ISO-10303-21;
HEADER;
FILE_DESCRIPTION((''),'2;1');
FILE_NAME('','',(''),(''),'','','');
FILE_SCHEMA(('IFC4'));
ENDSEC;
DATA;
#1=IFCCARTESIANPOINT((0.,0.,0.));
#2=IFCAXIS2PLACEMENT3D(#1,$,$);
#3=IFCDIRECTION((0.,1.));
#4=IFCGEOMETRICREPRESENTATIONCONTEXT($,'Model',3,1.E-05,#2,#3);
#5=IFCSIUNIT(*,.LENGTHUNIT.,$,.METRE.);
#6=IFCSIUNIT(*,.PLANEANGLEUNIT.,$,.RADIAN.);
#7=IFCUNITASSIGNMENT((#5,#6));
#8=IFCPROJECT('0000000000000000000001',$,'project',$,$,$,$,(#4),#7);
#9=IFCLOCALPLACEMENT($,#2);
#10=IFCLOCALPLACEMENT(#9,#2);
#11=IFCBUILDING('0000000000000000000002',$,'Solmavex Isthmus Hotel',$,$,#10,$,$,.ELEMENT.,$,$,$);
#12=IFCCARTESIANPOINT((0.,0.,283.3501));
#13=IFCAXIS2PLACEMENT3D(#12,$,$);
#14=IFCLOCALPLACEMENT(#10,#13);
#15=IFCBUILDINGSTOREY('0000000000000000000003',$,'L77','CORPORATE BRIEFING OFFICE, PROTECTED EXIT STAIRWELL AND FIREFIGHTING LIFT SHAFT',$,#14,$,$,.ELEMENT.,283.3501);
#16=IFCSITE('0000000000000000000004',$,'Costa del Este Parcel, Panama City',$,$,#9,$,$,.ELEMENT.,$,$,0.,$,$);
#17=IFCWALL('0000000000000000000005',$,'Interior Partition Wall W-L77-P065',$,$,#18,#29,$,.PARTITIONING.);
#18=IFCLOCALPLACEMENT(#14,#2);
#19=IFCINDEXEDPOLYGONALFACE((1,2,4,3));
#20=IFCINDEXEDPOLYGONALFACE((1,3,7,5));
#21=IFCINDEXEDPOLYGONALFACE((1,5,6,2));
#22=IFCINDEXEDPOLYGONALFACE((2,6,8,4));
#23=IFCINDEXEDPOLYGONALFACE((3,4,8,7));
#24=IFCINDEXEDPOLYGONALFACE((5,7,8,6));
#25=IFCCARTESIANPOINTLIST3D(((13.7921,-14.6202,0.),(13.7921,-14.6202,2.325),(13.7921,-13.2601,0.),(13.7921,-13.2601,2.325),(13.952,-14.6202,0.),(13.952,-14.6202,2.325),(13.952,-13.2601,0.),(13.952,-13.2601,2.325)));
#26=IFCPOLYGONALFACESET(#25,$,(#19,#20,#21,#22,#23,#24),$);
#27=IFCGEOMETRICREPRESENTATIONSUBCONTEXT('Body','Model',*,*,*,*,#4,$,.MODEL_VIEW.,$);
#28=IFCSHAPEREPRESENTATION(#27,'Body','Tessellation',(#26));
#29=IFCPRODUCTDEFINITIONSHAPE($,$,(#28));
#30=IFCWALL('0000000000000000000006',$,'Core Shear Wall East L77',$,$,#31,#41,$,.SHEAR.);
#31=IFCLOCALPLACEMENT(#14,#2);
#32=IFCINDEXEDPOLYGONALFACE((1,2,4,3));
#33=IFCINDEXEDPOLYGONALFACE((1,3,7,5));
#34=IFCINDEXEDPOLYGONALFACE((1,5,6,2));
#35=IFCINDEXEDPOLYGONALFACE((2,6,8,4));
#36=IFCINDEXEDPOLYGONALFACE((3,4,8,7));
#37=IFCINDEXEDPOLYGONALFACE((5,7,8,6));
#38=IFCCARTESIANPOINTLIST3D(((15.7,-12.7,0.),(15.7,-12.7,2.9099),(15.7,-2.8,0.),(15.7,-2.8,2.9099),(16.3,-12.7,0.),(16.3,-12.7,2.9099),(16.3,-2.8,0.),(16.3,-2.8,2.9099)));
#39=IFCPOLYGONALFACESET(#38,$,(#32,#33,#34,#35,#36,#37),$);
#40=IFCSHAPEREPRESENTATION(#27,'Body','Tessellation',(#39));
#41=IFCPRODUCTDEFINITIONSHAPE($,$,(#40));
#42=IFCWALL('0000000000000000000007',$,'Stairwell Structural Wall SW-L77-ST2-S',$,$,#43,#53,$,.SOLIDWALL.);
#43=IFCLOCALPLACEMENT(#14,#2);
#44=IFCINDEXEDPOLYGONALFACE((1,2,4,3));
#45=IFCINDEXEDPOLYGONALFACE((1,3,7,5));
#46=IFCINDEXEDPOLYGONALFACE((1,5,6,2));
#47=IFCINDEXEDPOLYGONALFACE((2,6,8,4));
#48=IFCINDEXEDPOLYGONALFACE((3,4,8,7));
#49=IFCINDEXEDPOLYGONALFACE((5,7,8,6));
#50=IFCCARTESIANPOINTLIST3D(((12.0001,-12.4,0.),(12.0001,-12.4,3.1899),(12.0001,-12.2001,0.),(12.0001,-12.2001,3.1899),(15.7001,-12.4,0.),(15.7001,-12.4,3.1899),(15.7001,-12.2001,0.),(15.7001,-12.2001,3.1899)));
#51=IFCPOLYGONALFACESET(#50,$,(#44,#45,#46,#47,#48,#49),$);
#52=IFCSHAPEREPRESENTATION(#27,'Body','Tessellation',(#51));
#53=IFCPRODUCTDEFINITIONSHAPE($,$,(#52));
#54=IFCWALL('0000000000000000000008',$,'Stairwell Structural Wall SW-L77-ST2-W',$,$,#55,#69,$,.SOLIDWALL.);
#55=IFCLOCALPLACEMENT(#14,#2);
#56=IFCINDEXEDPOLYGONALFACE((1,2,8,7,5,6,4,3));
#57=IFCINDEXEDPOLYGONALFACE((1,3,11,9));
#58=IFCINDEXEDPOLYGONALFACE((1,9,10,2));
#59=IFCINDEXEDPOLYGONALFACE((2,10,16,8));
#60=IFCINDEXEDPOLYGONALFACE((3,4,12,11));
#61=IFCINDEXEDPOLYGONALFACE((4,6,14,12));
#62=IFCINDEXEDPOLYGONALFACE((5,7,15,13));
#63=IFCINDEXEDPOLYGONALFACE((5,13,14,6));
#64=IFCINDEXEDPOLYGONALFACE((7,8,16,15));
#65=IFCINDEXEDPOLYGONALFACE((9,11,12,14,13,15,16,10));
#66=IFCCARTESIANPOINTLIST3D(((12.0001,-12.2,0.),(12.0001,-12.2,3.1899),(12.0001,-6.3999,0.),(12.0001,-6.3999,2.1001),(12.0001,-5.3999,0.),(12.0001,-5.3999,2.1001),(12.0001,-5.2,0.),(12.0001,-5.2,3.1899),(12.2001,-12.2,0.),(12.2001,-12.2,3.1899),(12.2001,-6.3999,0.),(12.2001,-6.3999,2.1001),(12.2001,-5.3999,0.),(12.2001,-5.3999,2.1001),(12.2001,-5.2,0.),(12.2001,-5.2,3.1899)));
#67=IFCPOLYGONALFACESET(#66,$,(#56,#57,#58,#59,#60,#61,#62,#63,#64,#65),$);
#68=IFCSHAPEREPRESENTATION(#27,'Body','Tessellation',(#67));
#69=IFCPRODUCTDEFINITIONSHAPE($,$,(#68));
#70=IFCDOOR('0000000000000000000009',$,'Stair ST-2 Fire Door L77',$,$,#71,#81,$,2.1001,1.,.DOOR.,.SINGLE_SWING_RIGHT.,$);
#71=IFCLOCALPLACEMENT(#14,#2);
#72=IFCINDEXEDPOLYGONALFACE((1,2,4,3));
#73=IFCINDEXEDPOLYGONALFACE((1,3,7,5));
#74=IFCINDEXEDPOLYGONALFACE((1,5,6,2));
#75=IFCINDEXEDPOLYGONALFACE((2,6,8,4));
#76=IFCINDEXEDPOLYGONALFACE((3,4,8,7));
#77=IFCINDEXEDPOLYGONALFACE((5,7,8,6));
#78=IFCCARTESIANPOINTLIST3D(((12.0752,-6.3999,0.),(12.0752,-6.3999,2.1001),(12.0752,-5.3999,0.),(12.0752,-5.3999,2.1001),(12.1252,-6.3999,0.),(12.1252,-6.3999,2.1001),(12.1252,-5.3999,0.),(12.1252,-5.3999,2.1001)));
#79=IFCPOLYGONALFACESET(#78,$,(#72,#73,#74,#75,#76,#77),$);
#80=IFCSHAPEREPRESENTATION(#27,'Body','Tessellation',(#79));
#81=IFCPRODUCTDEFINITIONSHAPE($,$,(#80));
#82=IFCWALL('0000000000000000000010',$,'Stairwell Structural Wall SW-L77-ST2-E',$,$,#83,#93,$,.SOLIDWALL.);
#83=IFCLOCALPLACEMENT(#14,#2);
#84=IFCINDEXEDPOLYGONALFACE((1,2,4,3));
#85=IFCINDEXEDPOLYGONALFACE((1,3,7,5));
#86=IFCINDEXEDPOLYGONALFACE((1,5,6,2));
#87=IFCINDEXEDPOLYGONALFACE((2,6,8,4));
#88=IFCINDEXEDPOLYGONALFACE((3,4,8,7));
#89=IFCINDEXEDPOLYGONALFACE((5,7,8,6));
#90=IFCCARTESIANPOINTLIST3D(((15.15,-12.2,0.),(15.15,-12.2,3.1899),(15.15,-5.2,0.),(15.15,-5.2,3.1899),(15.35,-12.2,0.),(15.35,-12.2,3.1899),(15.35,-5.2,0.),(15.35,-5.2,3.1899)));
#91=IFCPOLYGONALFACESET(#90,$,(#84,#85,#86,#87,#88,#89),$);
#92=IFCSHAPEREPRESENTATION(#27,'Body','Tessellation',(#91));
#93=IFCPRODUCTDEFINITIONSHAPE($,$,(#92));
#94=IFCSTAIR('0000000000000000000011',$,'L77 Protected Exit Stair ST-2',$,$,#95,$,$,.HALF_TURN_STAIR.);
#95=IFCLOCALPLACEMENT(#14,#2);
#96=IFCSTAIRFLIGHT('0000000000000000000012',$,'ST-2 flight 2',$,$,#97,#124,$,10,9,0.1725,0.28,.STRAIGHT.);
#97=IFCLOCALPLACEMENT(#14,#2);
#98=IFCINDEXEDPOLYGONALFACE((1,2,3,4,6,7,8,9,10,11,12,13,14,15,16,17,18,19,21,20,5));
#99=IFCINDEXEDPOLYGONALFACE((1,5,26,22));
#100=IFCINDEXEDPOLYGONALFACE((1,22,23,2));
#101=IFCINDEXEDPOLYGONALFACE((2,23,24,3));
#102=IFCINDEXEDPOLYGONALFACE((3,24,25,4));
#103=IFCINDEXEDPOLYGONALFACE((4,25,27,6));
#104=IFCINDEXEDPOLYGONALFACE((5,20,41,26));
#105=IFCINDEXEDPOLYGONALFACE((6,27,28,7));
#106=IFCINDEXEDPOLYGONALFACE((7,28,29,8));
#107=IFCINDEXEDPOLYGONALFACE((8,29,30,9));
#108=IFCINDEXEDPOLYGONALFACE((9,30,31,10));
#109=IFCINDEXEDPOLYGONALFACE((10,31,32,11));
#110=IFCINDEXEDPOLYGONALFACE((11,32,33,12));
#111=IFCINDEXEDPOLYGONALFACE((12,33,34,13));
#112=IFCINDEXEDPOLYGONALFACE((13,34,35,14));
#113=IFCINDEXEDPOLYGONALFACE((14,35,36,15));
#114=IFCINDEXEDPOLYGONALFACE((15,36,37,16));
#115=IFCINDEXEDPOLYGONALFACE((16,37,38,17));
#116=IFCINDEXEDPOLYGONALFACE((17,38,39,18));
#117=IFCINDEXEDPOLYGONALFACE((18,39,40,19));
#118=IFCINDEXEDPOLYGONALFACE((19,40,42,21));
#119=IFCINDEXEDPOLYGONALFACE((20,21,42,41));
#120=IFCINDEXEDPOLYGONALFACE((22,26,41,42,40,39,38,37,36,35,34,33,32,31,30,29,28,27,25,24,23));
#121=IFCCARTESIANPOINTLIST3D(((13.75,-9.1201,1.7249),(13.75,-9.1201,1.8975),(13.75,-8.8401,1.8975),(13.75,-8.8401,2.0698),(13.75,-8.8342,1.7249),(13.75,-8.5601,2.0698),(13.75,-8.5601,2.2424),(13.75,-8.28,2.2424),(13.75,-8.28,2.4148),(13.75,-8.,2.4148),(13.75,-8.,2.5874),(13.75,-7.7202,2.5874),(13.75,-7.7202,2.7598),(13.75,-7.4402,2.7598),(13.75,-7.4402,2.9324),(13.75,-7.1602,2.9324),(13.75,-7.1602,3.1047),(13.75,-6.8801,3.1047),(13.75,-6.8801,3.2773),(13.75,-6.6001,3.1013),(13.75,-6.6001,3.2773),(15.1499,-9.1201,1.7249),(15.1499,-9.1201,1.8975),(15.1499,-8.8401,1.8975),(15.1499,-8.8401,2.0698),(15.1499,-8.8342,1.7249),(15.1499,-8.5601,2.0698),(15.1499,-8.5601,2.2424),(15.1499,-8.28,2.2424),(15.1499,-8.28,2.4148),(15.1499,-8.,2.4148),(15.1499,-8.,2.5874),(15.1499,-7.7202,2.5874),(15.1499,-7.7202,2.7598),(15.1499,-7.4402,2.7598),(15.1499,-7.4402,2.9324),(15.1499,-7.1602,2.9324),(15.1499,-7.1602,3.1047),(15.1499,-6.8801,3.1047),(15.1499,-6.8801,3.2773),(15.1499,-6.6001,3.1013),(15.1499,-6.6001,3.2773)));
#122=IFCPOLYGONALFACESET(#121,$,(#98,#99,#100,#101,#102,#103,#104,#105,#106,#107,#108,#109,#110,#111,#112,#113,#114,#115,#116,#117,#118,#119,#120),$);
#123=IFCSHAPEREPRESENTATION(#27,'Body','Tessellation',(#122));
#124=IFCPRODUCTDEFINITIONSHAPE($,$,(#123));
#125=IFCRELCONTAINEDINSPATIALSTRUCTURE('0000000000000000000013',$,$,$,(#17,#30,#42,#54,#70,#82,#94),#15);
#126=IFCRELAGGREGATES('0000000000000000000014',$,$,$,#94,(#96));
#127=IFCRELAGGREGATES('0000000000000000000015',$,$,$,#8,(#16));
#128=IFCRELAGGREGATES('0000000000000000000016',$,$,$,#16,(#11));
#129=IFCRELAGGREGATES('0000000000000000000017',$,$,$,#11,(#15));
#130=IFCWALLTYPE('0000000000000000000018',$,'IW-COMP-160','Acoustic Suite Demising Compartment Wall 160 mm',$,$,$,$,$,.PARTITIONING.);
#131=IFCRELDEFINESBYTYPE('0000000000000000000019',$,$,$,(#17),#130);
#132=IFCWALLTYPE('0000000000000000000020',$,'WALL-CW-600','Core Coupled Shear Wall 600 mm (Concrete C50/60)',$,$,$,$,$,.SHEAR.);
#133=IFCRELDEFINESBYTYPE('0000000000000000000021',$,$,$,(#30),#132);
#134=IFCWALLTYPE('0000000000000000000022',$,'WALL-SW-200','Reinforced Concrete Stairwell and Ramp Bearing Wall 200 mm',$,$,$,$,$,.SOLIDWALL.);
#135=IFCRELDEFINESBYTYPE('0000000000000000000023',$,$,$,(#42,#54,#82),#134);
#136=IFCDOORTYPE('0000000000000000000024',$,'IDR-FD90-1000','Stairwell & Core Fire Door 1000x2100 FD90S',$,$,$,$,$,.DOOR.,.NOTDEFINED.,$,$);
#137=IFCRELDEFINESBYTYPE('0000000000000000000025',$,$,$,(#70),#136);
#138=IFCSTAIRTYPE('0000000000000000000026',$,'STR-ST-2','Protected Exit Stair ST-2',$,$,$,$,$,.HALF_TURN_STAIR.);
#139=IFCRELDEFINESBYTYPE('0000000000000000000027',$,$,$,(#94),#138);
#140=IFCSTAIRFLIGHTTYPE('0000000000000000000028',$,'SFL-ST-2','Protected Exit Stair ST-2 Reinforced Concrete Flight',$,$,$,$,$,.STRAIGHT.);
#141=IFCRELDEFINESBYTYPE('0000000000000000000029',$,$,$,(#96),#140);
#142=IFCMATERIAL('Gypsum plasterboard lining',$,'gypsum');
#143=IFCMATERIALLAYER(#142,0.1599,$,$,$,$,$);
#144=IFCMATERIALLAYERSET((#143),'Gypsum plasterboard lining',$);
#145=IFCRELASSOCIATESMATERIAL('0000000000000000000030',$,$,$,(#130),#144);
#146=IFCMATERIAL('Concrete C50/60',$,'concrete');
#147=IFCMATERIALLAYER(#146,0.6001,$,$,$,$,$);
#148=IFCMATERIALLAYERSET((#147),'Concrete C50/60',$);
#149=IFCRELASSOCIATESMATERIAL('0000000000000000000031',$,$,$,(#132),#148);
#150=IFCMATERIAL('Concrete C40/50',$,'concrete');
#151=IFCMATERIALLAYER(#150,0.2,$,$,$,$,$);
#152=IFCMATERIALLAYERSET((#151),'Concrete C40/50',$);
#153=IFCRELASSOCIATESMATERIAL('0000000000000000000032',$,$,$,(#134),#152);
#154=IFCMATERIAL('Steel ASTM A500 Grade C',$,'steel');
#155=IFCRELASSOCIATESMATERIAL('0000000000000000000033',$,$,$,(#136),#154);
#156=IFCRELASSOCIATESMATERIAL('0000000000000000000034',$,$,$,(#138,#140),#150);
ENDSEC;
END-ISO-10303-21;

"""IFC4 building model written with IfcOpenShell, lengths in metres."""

from ifc_helpers import new_model, si_unit, direction, frame, frame_2d, origin, place, context, subcontext, project, spatial, polyline, rectangle, outline, extrude, material, layer, layer_set, type_object, element, fill, aggregate, save


model = new_model("IFC4")

# Units and contexts
model_context = context("Model", 3, precision=1e-05, world=origin(), true_north=direction((0.0, 1.0)))
body_context = subcontext(model_context, "Body", "Model", "MODEL_VIEW")
ifc_project = project(units=[si_unit("LENGTHUNIT", "METRE"), si_unit("PLANEANGLEUNIT", "RADIAN")], contexts=[model_context])

# Site, building, storey
site_placement = place(None, origin())
site = spatial("IfcSite", under=ifc_project, at=site_placement, Name="Costa del Este Parcel, Panama City", CompositionType="ELEMENT", RefElevation=0.0)
building_placement = place(site_placement, origin())
building = spatial("IfcBuilding", under=site, at=building_placement, Name="Solmavex Isthmus Hotel", CompositionType="ELEMENT")
storey_placement = place(building_placement, frame((0.0, 0.0, 283.3501)))
storey = spatial("IfcBuildingStorey", under=building, at=storey_placement, Name="L77", Description="CORPORATE BRIEFING OFFICE, PROTECTED EXIT STAIRWELL AND FIREFIGHTING LIFT SHAFT", CompositionType="ELEMENT", Elevation=283.3501)

# Shared definitions
ifc_material_1 = material(Name="Concrete C50/60", Category="concrete")

# Walls
ifc_material_2 = material(Name="Gypsum plasterboard lining", Category="gypsum")
ifc_layer_1 = layer(ifc_material_2, 0.1599)
ifc_layer_set_1 = layer_set([ifc_layer_1], Name="Gypsum plasterboard lining")
wall_type_1 = type_object("IfcWallType", Name="IW-COMP-160", Description="Acoustic Suite Demising Compartment Wall 160 mm", PredefinedType="PARTITIONING", material=ifc_layer_set_1)
wall_1_placement = place(storey_placement, frame((13.8721, -13.26, 0.0), z_axis=(0.0, 0.0, 1.0), x_axis=(0.0, -1.0, 0.0)))
element("IfcWall", 1, at=wall_1_placement, inside=storey, type_object=wall_type_1, Name="Interior Partition Wall W-L77-P065", PredefinedType="PARTITIONING", context=body_context, shape_type="SweptSolid", body=[
    extrude(rectangle(XDim=1.3601, YDim=0.1599, at=frame_2d((0.6802, 0.0))), origin(), (0.0, 0.0, 1.0), 2.325),
])
ifc_layer_2 = layer(ifc_material_1, 0.6001)
ifc_layer_set_2 = layer_set([ifc_layer_2], Name="Concrete C50/60")
wall_type_2 = type_object("IfcWallType", Name="WALL-CW-600", Description="Core Coupled Shear Wall 600 mm (Concrete C50/60)", PredefinedType="SHEAR", material=ifc_layer_set_2)
wall_2_placement = place(storey_placement, frame((16.0, -12.7, 0.0), z_axis=(0.0, 0.0, 1.0), x_axis=(0.0, 1.0, 0.0)))
element("IfcWall", 2, at=wall_2_placement, inside=storey, type_object=wall_type_2, Name="Core Shear Wall East L77", PredefinedType="SHEAR", context=body_context, shape_type="SweptSolid", body=[
    extrude(rectangle(XDim=9.8999, YDim=0.6001, at=frame_2d((4.95, 0.0))), origin(), (0.0, 0.0, 1.0), 2.9099),
])
ifc_material_3 = material(Name="Concrete C40/50", Category="concrete")
ifc_layer_3 = layer(ifc_material_3, 0.2)
ifc_layer_set_3 = layer_set([ifc_layer_3], Name="Concrete C40/50")
wall_type_3 = type_object("IfcWallType", Name="WALL-SW-200", Description="Reinforced Concrete Stairwell and Ramp Bearing Wall 200 mm", PredefinedType="SOLIDWALL", material=ifc_layer_set_3)
wall_3_placement = place(storey_placement, frame((12.0, -12.3, 0.0), z_axis=(0.0, 0.0, 1.0), x_axis=(1.0, 0.0, 0.0)))
element("IfcWall", 3, at=wall_3_placement, inside=storey, type_object=wall_type_3, Name="Stairwell Structural Wall SW-L77-ST2-S", PredefinedType="SOLIDWALL", context=body_context, shape_type="SweptSolid", body=[
    extrude(rectangle(XDim=3.7, YDim=0.2, at=frame_2d((1.8501, 0.0))), origin(), (0.0, 0.0, 1.0), 3.1899),
])

# Wall, opening, door
wall_4_placement = place(storey_placement, frame((12.1001, -12.2, 0.0), z_axis=(0.0, 0.0, 1.0), x_axis=(0.0, 1.0, 0.0)))
wall_4 = element("IfcWall", 4, at=wall_4_placement, inside=storey, type_object=wall_type_3, Name="Stairwell Structural Wall SW-L77-ST2-W", PredefinedType="SOLIDWALL", context=body_context, shape_type="SweptSolid", body=[
    extrude(rectangle(XDim=7.0, YDim=0.2, at=frame_2d((3.5, 0.0))), origin(), (0.0, 0.0, 1.0), 3.1899),
])
opening_placement = place(wall_4_placement, frame((5.8, 0.0, 0.0)))
opening = element("IfcOpeningElement", 5, at=opening_placement, cuts=wall_4, PredefinedType="OPENING", context=body_context, shape_type="SweptSolid", body=[
    extrude(rectangle(XDim=1.0, YDim=2.1001, at=frame_2d((0.5, 1.05))), frame((0.0, 0.1099, 0.0), z_axis=(0.0, -1.0, 0.0), x_axis=(1.0, 0.0, 0.0)), (0.0, 0.0, 1.0), 0.22),
])
ifc_material_4 = material(Name="Steel ASTM A500 Grade C", Category="steel")
door_type = type_object("IfcDoorType", Name="IDR-FD90-1000", Description="Stairwell & Core Fire Door 1000x2100 FD90S", OperationType="NOTDEFINED", PredefinedType="DOOR", material=ifc_material_4)
door_placement = place(opening_placement, origin())
door = element("IfcDoor", 6, at=door_placement, inside=storey, type_object=door_type, Name="Stair ST-2 Fire Door L77", OperationType="SINGLE_SWING_RIGHT", OverallHeight=2.1001, OverallWidth=1.0, PredefinedType="DOOR", context=body_context, shape_type="SweptSolid", body=[
    extrude(rectangle(XDim=1.0, YDim=2.1001, at=frame_2d((0.5, 1.05))), frame((0.0, 0.0249, 0.0), z_axis=(0.0, -1.0, 0.0), x_axis=(1.0, 0.0, 0.0)), (0.0, 0.0, 1.0), 0.05),
])
fill(opening, door)

# Wall
wall_5_placement = place(storey_placement, frame((15.25, -12.2, 0.0), z_axis=(0.0, 0.0, 1.0), x_axis=(0.0, 1.0, 0.0)))
element("IfcWall", 7, at=wall_5_placement, inside=storey, type_object=wall_type_3, Name="Stairwell Structural Wall SW-L77-ST2-E", PredefinedType="SOLIDWALL", context=body_context, shape_type="SweptSolid", body=[
    extrude(rectangle(XDim=7.0, YDim=0.2, at=frame_2d((3.5, 0.0))), origin(), (0.0, 0.0, 1.0), 3.1899),
])

# Stair, stair flight
stair_type = type_object("IfcStairType", Name="STR-ST-2", Description="Protected Exit Stair ST-2", PredefinedType="HALF_TURN_STAIR", material=ifc_material_3)
stair_placement = place(storey_placement, origin())
stair = element("IfcStair", 8, at=stair_placement, inside=storey, type_object=stair_type, Name="L77 Protected Exit Stair ST-2", PredefinedType="HALF_TURN_STAIR")
stair_flight_type = type_object("IfcStairFlightType", Name="SFL-ST-2", Description="Protected Exit Stair ST-2 Reinforced Concrete Flight", PredefinedType="STRAIGHT", material=ifc_material_3)
stair_flight_placement = place(storey_placement, frame((14.45, -9.1201, 1.7249), z_axis=(0.0, 0.0, 1.0), x_axis=(0.0, 1.0, 0.0)))
stair_flight = element("IfcStairFlight", 9, at=stair_flight_placement, type_object=stair_flight_type, Name="ST-2 flight 2", NumberOfRisers=10, NumberOfTreads=9, PredefinedType="STRAIGHT", RiserHeight=0.1725, TreadLength=0.28, context=body_context, shape_type="SweptSolid", body=[
    extrude(outline(polyline([(0.0, 0.0), (0.0, 0.1726), (0.28, 0.1726), (0.28, 0.345), (0.5601, 0.345), (0.5601, 0.5176), (0.8401, 0.5176), (0.8401, 0.6899), (1.1201, 0.6899), (1.1201, 0.8625), (1.3999, 0.8625), (1.3999, 1.0349), (1.6799, 1.0349), (1.6799, 1.2075), (1.96, 1.2075), (1.96, 1.3799), (2.24, 1.3799), (2.24, 1.5525), (2.52, 1.5525), (2.52, 1.7251), (2.52, 1.3765), (0.2859, 0.0), (0.0, 0.0)])), frame((0.0, 0.7, 0.0), z_axis=(0.0, -1.0, 0.0), x_axis=(1.0, 0.0, 0.0)), (0.0, 0.0, 1.0), 1.3999),
])
aggregate(stair, [stair_flight])

save(model, "model.ifc")
